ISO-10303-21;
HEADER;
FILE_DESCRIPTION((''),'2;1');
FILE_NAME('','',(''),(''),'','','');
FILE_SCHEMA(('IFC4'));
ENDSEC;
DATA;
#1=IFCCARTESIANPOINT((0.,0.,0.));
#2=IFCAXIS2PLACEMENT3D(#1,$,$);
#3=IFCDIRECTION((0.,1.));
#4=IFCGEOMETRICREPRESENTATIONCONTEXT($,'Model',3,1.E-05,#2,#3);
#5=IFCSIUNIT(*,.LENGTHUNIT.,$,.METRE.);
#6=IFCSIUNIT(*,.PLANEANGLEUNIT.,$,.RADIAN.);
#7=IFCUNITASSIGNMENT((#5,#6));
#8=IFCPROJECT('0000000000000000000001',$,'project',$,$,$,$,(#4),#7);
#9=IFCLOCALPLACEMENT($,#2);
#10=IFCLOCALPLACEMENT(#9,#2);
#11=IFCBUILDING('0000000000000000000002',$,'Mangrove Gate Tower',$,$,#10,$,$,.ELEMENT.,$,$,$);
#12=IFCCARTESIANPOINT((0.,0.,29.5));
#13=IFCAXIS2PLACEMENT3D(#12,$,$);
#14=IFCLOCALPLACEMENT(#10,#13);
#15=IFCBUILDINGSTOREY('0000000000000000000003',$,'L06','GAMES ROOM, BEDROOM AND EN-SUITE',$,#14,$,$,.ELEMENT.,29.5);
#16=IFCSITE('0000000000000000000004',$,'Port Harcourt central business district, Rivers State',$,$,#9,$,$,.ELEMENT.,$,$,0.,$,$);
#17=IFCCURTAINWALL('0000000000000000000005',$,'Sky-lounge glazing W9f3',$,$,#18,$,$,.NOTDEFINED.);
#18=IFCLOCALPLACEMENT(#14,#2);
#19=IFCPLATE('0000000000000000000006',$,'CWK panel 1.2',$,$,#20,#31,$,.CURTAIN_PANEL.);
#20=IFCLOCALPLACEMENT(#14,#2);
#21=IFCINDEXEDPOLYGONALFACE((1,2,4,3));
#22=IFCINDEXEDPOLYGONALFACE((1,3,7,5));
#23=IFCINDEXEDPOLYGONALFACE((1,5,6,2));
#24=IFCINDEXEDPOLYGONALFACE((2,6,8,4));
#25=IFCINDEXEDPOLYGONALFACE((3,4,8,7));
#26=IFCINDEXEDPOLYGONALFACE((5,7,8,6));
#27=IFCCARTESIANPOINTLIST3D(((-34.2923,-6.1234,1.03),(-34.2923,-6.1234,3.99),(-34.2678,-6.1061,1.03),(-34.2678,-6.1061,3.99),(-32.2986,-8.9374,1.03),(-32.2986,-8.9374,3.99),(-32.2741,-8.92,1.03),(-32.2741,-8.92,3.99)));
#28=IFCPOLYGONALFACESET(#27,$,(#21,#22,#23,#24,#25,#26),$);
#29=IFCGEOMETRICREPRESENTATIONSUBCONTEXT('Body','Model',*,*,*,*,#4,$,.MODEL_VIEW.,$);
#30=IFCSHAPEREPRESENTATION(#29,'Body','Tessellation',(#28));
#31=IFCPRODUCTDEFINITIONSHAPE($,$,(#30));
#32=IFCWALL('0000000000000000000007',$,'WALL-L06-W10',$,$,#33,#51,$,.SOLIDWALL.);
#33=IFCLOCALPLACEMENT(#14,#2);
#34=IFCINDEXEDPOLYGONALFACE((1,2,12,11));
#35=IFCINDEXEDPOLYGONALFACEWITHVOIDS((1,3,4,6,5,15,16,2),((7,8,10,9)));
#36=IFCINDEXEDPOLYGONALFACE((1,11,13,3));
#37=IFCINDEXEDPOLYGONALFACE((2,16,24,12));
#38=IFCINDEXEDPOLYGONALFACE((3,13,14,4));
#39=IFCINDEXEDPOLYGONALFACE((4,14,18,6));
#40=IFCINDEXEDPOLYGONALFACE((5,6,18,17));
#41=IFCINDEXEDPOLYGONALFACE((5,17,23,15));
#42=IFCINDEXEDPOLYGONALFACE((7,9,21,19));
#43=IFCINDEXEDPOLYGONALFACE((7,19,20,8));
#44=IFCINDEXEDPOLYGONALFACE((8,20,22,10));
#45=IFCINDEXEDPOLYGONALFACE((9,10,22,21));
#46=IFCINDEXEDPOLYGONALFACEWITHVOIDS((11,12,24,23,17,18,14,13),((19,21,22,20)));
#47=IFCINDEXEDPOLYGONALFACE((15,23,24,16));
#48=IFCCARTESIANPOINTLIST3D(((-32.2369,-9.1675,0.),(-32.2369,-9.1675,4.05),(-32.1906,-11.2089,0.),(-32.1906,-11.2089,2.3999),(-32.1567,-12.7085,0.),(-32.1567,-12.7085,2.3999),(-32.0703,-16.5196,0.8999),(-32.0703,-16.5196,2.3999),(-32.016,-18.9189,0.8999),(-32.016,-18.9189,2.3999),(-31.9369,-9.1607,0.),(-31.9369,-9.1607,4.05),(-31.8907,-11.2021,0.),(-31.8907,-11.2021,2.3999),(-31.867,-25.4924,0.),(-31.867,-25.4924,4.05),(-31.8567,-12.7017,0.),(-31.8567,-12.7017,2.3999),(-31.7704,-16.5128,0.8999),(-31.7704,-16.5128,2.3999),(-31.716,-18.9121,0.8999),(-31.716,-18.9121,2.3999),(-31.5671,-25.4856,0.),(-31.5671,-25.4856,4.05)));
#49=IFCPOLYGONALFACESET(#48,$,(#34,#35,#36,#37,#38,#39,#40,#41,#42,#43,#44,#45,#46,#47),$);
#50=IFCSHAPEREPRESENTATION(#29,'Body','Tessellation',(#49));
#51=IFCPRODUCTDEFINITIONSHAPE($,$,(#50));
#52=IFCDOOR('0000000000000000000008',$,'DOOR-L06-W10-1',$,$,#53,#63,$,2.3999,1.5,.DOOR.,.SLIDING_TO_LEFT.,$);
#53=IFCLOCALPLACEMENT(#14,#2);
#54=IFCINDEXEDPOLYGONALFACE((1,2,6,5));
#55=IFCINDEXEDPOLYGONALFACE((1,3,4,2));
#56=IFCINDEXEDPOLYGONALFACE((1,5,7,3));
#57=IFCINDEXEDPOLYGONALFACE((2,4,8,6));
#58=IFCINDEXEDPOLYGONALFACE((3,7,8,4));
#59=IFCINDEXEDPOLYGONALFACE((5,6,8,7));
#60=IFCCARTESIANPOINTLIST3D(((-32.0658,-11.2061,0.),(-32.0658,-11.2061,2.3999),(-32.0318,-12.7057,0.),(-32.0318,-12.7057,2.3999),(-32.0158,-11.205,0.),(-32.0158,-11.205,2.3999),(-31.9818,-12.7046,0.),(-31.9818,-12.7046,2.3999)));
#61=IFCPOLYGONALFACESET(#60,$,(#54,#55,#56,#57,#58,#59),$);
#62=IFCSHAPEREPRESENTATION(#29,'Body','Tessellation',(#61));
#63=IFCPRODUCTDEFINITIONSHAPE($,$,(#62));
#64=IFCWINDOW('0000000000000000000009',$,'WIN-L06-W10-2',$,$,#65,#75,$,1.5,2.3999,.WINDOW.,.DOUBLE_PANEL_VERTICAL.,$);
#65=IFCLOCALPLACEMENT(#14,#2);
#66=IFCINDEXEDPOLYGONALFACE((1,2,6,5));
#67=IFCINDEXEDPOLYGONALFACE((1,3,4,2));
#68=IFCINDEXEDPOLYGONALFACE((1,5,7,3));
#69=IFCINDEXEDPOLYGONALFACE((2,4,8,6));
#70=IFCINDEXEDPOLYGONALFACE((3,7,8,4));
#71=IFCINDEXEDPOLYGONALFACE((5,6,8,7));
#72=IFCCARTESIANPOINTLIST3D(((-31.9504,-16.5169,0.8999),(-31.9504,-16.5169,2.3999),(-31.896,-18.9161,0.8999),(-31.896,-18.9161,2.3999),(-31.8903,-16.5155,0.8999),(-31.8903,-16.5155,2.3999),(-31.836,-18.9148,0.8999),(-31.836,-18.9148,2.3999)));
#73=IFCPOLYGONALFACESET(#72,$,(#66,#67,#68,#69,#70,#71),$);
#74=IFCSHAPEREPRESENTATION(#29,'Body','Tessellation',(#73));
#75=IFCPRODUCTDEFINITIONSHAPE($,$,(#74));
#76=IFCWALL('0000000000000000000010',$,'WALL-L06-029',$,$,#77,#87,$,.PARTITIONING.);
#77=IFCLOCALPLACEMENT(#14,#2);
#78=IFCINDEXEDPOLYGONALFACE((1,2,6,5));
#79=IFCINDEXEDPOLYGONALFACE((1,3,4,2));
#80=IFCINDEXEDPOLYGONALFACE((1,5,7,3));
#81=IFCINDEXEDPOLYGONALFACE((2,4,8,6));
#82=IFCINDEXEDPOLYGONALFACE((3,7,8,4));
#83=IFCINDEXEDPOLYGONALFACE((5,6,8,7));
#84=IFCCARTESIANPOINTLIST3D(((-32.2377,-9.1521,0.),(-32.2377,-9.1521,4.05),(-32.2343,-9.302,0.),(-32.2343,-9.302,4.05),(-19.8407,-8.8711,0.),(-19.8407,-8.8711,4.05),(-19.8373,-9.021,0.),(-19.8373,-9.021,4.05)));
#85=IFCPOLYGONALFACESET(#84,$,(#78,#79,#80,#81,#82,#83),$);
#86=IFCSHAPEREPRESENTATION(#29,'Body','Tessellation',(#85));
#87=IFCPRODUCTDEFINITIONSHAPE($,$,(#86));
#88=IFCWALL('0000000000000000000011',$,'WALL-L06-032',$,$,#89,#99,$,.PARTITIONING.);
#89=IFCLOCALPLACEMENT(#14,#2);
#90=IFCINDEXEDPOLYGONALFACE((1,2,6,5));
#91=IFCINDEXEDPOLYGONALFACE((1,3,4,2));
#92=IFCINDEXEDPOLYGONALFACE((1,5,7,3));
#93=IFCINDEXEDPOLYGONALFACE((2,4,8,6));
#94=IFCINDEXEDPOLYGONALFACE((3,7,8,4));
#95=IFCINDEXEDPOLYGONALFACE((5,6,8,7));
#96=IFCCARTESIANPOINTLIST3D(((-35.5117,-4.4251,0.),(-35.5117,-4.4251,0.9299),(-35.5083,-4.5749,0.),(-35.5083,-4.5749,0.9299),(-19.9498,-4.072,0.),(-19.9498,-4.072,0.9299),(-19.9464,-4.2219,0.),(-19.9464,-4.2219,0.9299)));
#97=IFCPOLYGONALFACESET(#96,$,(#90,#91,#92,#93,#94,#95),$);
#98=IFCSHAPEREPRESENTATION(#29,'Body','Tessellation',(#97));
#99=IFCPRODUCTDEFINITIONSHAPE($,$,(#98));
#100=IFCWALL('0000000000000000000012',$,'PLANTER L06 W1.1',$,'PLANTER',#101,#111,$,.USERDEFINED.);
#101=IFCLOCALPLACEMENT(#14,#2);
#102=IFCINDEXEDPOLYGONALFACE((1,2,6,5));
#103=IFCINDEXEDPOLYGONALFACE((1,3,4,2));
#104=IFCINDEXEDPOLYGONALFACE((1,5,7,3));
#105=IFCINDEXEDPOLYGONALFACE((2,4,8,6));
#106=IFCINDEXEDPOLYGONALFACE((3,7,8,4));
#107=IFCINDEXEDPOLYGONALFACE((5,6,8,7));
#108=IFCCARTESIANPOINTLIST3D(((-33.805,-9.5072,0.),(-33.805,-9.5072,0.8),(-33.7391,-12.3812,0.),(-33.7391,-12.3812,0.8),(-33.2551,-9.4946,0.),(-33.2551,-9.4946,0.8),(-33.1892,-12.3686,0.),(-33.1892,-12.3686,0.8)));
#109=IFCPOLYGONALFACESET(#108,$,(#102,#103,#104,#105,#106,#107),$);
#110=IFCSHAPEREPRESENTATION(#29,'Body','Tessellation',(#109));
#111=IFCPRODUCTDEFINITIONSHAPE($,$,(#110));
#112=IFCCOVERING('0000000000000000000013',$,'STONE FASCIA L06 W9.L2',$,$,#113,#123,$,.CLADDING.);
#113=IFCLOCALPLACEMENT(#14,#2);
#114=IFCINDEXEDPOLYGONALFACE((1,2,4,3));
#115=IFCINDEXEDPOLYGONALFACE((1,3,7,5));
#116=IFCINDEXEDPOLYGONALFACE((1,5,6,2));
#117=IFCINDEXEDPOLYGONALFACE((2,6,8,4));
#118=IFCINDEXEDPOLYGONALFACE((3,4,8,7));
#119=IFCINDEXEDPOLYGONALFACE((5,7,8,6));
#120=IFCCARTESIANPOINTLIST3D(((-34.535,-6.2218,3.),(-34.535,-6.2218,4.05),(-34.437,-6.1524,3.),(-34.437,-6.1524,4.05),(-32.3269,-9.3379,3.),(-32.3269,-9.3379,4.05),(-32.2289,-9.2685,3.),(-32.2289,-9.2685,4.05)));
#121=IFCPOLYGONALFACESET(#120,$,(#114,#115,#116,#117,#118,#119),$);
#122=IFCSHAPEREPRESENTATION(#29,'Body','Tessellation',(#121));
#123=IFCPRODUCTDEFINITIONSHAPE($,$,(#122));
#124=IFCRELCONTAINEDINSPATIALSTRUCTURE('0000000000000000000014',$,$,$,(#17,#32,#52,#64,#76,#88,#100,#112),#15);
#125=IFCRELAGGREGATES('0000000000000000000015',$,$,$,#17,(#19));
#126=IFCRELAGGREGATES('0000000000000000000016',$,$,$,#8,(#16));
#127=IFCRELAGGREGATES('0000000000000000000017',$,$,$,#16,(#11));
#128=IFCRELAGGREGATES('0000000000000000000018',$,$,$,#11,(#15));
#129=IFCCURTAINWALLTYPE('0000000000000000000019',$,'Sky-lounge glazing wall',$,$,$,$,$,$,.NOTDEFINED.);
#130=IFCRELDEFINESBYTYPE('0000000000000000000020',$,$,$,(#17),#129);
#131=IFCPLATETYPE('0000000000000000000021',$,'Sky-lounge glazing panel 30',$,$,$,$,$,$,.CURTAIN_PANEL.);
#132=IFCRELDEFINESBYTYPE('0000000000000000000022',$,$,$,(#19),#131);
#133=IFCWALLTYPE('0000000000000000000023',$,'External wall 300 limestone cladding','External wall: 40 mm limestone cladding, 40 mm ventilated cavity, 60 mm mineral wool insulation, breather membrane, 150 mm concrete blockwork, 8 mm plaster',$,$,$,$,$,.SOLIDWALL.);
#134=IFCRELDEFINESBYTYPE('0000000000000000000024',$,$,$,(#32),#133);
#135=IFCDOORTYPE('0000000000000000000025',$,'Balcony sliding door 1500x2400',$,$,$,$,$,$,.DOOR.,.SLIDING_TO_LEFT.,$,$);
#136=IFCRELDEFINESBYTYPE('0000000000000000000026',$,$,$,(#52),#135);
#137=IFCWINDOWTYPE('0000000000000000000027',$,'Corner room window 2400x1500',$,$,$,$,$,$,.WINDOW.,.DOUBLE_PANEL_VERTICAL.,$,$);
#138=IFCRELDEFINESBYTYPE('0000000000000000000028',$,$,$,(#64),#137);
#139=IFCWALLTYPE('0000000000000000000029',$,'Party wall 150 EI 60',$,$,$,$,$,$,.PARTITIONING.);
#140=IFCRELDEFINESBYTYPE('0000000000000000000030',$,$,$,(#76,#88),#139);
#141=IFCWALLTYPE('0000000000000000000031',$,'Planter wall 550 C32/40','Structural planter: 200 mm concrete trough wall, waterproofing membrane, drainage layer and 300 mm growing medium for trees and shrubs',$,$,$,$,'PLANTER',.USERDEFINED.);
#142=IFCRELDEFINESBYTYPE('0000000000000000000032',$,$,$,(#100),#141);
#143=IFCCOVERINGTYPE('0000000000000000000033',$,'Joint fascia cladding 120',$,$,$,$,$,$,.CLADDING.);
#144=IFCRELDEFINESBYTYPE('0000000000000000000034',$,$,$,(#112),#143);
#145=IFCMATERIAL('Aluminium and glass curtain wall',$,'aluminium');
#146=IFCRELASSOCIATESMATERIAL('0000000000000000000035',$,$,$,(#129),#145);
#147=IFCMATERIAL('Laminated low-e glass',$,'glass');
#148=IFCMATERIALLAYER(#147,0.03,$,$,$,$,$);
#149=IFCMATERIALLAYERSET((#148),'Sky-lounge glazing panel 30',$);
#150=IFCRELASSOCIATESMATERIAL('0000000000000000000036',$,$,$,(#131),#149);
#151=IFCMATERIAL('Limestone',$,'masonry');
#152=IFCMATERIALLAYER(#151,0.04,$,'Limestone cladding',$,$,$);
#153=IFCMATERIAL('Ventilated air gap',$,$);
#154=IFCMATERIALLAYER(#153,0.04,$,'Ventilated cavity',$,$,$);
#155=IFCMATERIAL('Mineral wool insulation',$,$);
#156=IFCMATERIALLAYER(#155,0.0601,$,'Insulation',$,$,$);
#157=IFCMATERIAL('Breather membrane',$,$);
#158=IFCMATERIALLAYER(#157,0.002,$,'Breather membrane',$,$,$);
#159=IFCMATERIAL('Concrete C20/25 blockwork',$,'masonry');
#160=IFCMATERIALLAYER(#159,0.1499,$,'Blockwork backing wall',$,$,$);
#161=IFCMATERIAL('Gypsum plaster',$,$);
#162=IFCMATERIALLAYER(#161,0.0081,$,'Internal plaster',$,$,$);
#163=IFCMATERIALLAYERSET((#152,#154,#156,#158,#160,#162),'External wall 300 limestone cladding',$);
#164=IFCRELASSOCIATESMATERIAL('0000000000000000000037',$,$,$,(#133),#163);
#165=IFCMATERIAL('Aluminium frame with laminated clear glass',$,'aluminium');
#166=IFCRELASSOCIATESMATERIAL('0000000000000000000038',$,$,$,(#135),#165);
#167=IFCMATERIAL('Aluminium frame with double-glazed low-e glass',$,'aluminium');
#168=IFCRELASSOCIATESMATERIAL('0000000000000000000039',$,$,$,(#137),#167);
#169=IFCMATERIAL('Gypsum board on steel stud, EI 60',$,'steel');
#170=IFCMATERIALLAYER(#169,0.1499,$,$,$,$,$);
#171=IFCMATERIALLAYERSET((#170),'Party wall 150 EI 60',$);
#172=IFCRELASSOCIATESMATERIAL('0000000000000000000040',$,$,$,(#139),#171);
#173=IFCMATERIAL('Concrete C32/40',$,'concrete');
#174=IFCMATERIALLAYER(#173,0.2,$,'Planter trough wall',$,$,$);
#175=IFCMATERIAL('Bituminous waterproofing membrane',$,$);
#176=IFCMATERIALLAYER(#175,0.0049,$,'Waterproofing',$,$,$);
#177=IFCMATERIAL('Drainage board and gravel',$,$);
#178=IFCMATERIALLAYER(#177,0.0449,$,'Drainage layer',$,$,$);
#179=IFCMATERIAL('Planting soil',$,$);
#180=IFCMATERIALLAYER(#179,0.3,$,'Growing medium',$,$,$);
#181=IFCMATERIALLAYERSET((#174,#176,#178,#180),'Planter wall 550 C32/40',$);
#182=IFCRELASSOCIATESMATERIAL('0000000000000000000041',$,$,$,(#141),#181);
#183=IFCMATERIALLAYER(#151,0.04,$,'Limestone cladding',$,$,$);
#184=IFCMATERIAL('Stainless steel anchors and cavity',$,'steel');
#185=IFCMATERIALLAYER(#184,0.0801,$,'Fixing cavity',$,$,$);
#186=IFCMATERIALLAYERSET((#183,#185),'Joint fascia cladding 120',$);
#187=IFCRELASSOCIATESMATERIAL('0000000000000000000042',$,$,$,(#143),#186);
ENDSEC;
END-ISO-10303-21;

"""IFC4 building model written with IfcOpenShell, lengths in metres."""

from ifc_helpers import new_model, si_unit, direction, frame, frame_2d, origin, origin_2d, place, context, subcontext, project, spatial, rectangle, extrude, material, layer, layer_set, type_object, element, fill, aggregate, save


model = new_model("IFC4")

# Units and contexts
model_context = context("Model", 3, precision=1e-05, world=origin(), true_north=direction((0.0, 1.0)))
body_context = subcontext(model_context, "Body", "Model", "MODEL_VIEW")
ifc_project = project(units=[si_unit("LENGTHUNIT", "METRE"), si_unit("PLANEANGLEUNIT", "RADIAN")], contexts=[model_context])

# Site, building, storey
site_placement = place(None, origin())
site = spatial("IfcSite", under=ifc_project, at=site_placement, Name="Port Harcourt central business district, Rivers State", CompositionType="ELEMENT", RefElevation=0.0)
building_placement = place(site_placement, origin())
building = spatial("IfcBuilding", under=site, at=building_placement, Name="Mangrove Gate Tower", CompositionType="ELEMENT")
storey_placement = place(building_placement, frame((0.0, 0.0, 29.5)))
storey = spatial("IfcBuildingStorey", under=building, at=storey_placement, Name="L06", Description="GAMES ROOM, BEDROOM AND EN-SUITE", CompositionType="ELEMENT", Elevation=29.5)

# Shared definitions
ifc_material_1 = material(Name="Aluminium and glass curtain wall", Category="aluminium")
curtain_wall_type = type_object("IfcCurtainWallType", Name="Sky-lounge glazing wall", PredefinedType="NOTDEFINED", material=ifc_material_1)

# Curtain wall
curtain_wall_1_placement = place(storey_placement, origin())
curtain_wall_1 = element("IfcCurtainWall", 1, at=curtain_wall_1_placement, inside=storey, type_object=curtain_wall_type, Name="Sky-lounge glazing W9f3", PredefinedType="NOTDEFINED")

# Plate
ifc_material_2 = material(Name="Laminated low-e glass", Category="glass")
ifc_layer_1 = layer(ifc_material_2, 0.03)
ifc_layer_set_1 = layer_set([ifc_layer_1], Name="Sky-lounge glazing panel 30")
plate_type = type_object("IfcPlateType", Name="Sky-lounge glazing panel 30", PredefinedType="CURTAIN_PANEL", material=ifc_layer_set_1)
plate_1_placement = place(storey_placement, frame((-33.2832, -7.5217, 1.03), z_axis=(0.0, 0.0, 1.0), x_axis=(0.578123, -0.81595, 0.0)))
plate_1 = element("IfcPlate", 2, at=plate_1_placement, type_object=plate_type, Name="CWK panel 1.2", PredefinedType="CURTAIN_PANEL", context=body_context, shape_type="SweptSolid", body=[
    extrude(rectangle(XDim=3.4487, YDim=0.03, at=origin_2d()), origin(), (0.0, 0.0, 1.0), 2.96),
])
aggregate(curtain_wall_1, [plate_1])

# Wall, openings, door, window
ifc_material_3 = material(Name="Limestone", Category="masonry")
ifc_layer_2 = layer(ifc_material_3, 0.04, Name="Limestone cladding")
ifc_material_4 = material(Name="Ventilated air gap")
ifc_layer_3 = layer(ifc_material_4, 0.04, Name="Ventilated cavity")
ifc_material_5 = material(Name="Mineral wool insulation")
ifc_layer_4 = layer(ifc_material_5, 0.0601, Name="Insulation")
ifc_material_6 = material(Name="Breather membrane")
ifc_layer_5 = layer(ifc_material_6, 0.002, Name="Breather membrane")
ifc_material_7 = material(Name="Concrete C20/25 blockwork", Category="masonry")
ifc_layer_6 = layer(ifc_material_7, 0.1499, Name="Blockwork backing wall")
ifc_material_8 = material(Name="Gypsum plaster")
ifc_layer_7 = layer(ifc_material_8, 0.0081, Name="Internal plaster")
ifc_layer_set_2 = layer_set([ifc_layer_2, ifc_layer_3, ifc_layer_4, ifc_layer_5, ifc_layer_6, ifc_layer_7], Name="External wall 300 limestone cladding")
wall_type_1 = type_object("IfcWallType", Name="External wall 300 limestone cladding", Description="External wall: 40 mm limestone cladding, 40 mm ventilated cavity, 60 mm mineral wool insulation, breather membrane, 150 mm concrete blockwork, 8 mm plaster", PredefinedType="SOLIDWALL", material=ifc_layer_set_2)
wall_1_placement = place(storey_placement, frame((-32.0869, -9.1641, 0.0), z_axis=(0.0, 0.0, 1.0), x_axis=(0.022651, -0.999743, 0.0)))
wall_1 = element("IfcWall", 3, at=wall_1_placement, inside=storey, type_object=wall_type_1, Name="WALL-L06-W10", PredefinedType="SOLIDWALL", context=body_context, shape_type="SweptSolid", body=[
    extrude(rectangle(XDim=16.3291, YDim=0.3, at=frame_2d((8.1646, 0.0))), origin(), (0.0, 0.0, 1.0), 4.05),
])
opening_1_placement = place(wall_1_placement, frame((2.042, 0.0, 0.0)))
opening_1 = element("IfcOpeningElement", 4, at=opening_1_placement, cuts=wall_1, PredefinedType="OPENING", context=body_context, shape_type="SweptSolid", body=[
    extrude(rectangle(XDim=1.5, YDim=2.3999, at=frame_2d((0.75, 1.2))), frame((0.0, 0.1599, 0.0), z_axis=(0.0, -1.0, 0.0), x_axis=(1.0, 0.0, 0.0)), (0.0, 0.0, 1.0), 0.3201),
])
opening_2_placement = place(wall_1_placement, frame((7.354, 0.0, 0.8999)))
opening_2 = element("IfcOpeningElement", 5, at=opening_2_placement, cuts=wall_1, PredefinedType="OPENING", context=body_context, shape_type="SweptSolid", body=[
    extrude(rectangle(XDim=2.3999, YDim=1.5, at=frame_2d((1.2, 0.75))), frame((0.0, 0.1599, 0.0), z_axis=(0.0, -1.0, 0.0), x_axis=(1.0, 0.0, 0.0)), (0.0, 0.0, 1.0), 0.3201),
])
ifc_material_9 = material(Name="Aluminium frame with laminated clear glass", Category="aluminium")
door_type = type_object("IfcDoorType", Name="Balcony sliding door 1500x2400", OperationType="SLIDING_TO_LEFT", PredefinedType="DOOR", material=ifc_material_9)
door_placement = place(opening_1_placement, origin())
door = element("IfcDoor", 6, at=door_placement, inside=storey, type_object=door_type, Name="DOOR-L06-W10-1", OperationType="SLIDING_TO_LEFT", OverallHeight=2.3999, OverallWidth=1.5, PredefinedType="DOOR", context=body_context, shape_type="SweptSolid", body=[
    extrude(rectangle(XDim=1.5, YDim=2.3999, at=frame_2d((0.75, 1.2))), frame((0.0, 0.0249, 0.0), z_axis=(0.0, -1.0, 0.0), x_axis=(1.0, 0.0, 0.0)), (0.0, 0.0, 1.0), 0.05),
])
fill(opening_1, door)
ifc_material_10 = material(Name="Aluminium frame with double-glazed low-e glass", Category="aluminium")
window_type = type_object("IfcWindowType", Name="Corner room window 2400x1500", PartitioningType="DOUBLE_PANEL_VERTICAL", PredefinedType="WINDOW", material=ifc_material_10)
window_placement = place(opening_2_placement, origin())
window = element("IfcWindow", 7, at=window_placement, inside=storey, type_object=window_type, Name="WIN-L06-W10-2", OverallHeight=1.5, OverallWidth=2.3999, PartitioningType="DOUBLE_PANEL_VERTICAL", PredefinedType="WINDOW", context=body_context, shape_type="SweptSolid", body=[
    extrude(rectangle(XDim=2.3999, YDim=1.5, at=frame_2d((1.2, 0.75))), frame((0.0, 0.03, 0.0), z_axis=(0.0, -1.0, 0.0), x_axis=(1.0, 0.0, 0.0)), (0.0, 0.0, 1.0), 0.0601),
])
fill(opening_2, window)

# Walls
ifc_material_11 = material(Name="Gypsum board on steel stud, EI 60", Category="steel")
ifc_layer_8 = layer(ifc_material_11, 0.1499)
ifc_layer_set_3 = layer_set([ifc_layer_8], Name="Party wall 150 EI 60")
wall_type_2 = type_object("IfcWallType", Name="Party wall 150 EI 60", PredefinedType="PARTITIONING", material=ifc_layer_set_3)
wall_2_placement = place(storey_placement, frame((-32.2361, -9.2271, 0.0), z_axis=(0.0, 0.0, 1.0), x_axis=(0.999743, 0.022661, 0.0)))
element("IfcWall", 8, at=wall_2_placement, inside=storey, type_object=wall_type_2, Name="WALL-L06-029", PredefinedType="PARTITIONING", context=body_context, shape_type="SweptSolid", body=[
    extrude(rectangle(XDim=12.4001, YDim=0.1499, at=frame_2d((6.2002, 0.0))), origin(), (0.0, 0.0, 1.0), 4.05),
])
wall_3_placement = place(storey_placement, frame((-35.51, -4.5, 0.0), z_axis=(0.0, 0.0, 1.0), x_axis=(0.999743, 0.022679, 0.0)))
element("IfcWall", 9, at=wall_3_placement, inside=storey, type_object=wall_type_2, Name="WALL-L06-032", PredefinedType="PARTITIONING", context=body_context, shape_type="SweptSolid", body=[
    extrude(rectangle(XDim=15.5659, YDim=0.1499, at=frame_2d((7.783, 0.0))), origin(), (0.0, 0.0, 1.0), 0.9299),
])
ifc_material_12 = material(Name="Concrete C32/40", Category="concrete")
ifc_layer_9 = layer(ifc_material_12, 0.2, Name="Planter trough wall")
ifc_material_13 = material(Name="Bituminous waterproofing membrane")
ifc_layer_10 = layer(ifc_material_13, 0.0049, Name="Waterproofing")
ifc_material_14 = material(Name="Drainage board and gravel")
ifc_layer_11 = layer(ifc_material_14, 0.0449, Name="Drainage layer")
ifc_material_15 = material(Name="Planting soil")
ifc_layer_12 = layer(ifc_material_15, 0.3, Name="Growing medium")
ifc_layer_set_4 = layer_set([ifc_layer_9, ifc_layer_10, ifc_layer_11, ifc_layer_12], Name="Planter wall 550 C32/40")
wall_type_3 = type_object("IfcWallType", Name="Planter wall 550 C32/40", Description="Structural planter: 200 mm concrete trough wall, waterproofing membrane, drainage layer and 300 mm growing medium for trees and shrubs", ElementType="PLANTER", PredefinedType="USERDEFINED", material=ifc_layer_set_4)
wall_4_placement = place(storey_placement, frame((-33.4641, -12.375, 0.0), z_axis=(0.0, 0.0, 1.0), x_axis=(-0.02293, 0.999737, 0.0)))
element("IfcWall", 10, at=wall_4_placement, inside=storey, type_object=wall_type_3, Name="PLANTER L06 W1.1", ObjectType="PLANTER", PredefinedType="USERDEFINED", context=body_context, shape_type="SweptSolid", body=[
    extrude(rectangle(XDim=2.8748, YDim=0.55, at=frame_2d((1.4375, 0.0))), origin(), (0.0, 0.0, 1.0), 0.8),
])

# Covering
ifc_layer_13 = layer(ifc_material_3, 0.04, Name="Limestone cladding")
ifc_material_16 = material(Name="Stainless steel anchors and cavity", Category="steel")
ifc_layer_14 = layer(ifc_material_16, 0.0801, Name="Fixing cavity")
ifc_layer_set_5 = layer_set([ifc_layer_13, ifc_layer_14], Name="Joint fascia cladding 120")
covering_type = type_object("IfcCoveringType", Name="Joint fascia cladding 120", PredefinedType="CLADDING", material=ifc_layer_set_5)
covering_placement = place(storey_placement, frame((-34.4861, -6.187, 3.0), z_axis=(0.0, 0.0, 1.0), x_axis=(0.578168, -0.815918, 0.0)))
element("IfcCovering", 11, at=covering_placement, inside=storey, type_object=covering_type, Name="STONE FASCIA L06 W9.L2", PredefinedType="CLADDING", context=body_context, shape_type="SweptSolid", body=[
    extrude(rectangle(XDim=3.8191, YDim=0.1201, at=frame_2d((1.9097, 0.0))), origin(), (0.0, 0.0, 1.0), 1.05),
])

save(model, "model.ifc")
